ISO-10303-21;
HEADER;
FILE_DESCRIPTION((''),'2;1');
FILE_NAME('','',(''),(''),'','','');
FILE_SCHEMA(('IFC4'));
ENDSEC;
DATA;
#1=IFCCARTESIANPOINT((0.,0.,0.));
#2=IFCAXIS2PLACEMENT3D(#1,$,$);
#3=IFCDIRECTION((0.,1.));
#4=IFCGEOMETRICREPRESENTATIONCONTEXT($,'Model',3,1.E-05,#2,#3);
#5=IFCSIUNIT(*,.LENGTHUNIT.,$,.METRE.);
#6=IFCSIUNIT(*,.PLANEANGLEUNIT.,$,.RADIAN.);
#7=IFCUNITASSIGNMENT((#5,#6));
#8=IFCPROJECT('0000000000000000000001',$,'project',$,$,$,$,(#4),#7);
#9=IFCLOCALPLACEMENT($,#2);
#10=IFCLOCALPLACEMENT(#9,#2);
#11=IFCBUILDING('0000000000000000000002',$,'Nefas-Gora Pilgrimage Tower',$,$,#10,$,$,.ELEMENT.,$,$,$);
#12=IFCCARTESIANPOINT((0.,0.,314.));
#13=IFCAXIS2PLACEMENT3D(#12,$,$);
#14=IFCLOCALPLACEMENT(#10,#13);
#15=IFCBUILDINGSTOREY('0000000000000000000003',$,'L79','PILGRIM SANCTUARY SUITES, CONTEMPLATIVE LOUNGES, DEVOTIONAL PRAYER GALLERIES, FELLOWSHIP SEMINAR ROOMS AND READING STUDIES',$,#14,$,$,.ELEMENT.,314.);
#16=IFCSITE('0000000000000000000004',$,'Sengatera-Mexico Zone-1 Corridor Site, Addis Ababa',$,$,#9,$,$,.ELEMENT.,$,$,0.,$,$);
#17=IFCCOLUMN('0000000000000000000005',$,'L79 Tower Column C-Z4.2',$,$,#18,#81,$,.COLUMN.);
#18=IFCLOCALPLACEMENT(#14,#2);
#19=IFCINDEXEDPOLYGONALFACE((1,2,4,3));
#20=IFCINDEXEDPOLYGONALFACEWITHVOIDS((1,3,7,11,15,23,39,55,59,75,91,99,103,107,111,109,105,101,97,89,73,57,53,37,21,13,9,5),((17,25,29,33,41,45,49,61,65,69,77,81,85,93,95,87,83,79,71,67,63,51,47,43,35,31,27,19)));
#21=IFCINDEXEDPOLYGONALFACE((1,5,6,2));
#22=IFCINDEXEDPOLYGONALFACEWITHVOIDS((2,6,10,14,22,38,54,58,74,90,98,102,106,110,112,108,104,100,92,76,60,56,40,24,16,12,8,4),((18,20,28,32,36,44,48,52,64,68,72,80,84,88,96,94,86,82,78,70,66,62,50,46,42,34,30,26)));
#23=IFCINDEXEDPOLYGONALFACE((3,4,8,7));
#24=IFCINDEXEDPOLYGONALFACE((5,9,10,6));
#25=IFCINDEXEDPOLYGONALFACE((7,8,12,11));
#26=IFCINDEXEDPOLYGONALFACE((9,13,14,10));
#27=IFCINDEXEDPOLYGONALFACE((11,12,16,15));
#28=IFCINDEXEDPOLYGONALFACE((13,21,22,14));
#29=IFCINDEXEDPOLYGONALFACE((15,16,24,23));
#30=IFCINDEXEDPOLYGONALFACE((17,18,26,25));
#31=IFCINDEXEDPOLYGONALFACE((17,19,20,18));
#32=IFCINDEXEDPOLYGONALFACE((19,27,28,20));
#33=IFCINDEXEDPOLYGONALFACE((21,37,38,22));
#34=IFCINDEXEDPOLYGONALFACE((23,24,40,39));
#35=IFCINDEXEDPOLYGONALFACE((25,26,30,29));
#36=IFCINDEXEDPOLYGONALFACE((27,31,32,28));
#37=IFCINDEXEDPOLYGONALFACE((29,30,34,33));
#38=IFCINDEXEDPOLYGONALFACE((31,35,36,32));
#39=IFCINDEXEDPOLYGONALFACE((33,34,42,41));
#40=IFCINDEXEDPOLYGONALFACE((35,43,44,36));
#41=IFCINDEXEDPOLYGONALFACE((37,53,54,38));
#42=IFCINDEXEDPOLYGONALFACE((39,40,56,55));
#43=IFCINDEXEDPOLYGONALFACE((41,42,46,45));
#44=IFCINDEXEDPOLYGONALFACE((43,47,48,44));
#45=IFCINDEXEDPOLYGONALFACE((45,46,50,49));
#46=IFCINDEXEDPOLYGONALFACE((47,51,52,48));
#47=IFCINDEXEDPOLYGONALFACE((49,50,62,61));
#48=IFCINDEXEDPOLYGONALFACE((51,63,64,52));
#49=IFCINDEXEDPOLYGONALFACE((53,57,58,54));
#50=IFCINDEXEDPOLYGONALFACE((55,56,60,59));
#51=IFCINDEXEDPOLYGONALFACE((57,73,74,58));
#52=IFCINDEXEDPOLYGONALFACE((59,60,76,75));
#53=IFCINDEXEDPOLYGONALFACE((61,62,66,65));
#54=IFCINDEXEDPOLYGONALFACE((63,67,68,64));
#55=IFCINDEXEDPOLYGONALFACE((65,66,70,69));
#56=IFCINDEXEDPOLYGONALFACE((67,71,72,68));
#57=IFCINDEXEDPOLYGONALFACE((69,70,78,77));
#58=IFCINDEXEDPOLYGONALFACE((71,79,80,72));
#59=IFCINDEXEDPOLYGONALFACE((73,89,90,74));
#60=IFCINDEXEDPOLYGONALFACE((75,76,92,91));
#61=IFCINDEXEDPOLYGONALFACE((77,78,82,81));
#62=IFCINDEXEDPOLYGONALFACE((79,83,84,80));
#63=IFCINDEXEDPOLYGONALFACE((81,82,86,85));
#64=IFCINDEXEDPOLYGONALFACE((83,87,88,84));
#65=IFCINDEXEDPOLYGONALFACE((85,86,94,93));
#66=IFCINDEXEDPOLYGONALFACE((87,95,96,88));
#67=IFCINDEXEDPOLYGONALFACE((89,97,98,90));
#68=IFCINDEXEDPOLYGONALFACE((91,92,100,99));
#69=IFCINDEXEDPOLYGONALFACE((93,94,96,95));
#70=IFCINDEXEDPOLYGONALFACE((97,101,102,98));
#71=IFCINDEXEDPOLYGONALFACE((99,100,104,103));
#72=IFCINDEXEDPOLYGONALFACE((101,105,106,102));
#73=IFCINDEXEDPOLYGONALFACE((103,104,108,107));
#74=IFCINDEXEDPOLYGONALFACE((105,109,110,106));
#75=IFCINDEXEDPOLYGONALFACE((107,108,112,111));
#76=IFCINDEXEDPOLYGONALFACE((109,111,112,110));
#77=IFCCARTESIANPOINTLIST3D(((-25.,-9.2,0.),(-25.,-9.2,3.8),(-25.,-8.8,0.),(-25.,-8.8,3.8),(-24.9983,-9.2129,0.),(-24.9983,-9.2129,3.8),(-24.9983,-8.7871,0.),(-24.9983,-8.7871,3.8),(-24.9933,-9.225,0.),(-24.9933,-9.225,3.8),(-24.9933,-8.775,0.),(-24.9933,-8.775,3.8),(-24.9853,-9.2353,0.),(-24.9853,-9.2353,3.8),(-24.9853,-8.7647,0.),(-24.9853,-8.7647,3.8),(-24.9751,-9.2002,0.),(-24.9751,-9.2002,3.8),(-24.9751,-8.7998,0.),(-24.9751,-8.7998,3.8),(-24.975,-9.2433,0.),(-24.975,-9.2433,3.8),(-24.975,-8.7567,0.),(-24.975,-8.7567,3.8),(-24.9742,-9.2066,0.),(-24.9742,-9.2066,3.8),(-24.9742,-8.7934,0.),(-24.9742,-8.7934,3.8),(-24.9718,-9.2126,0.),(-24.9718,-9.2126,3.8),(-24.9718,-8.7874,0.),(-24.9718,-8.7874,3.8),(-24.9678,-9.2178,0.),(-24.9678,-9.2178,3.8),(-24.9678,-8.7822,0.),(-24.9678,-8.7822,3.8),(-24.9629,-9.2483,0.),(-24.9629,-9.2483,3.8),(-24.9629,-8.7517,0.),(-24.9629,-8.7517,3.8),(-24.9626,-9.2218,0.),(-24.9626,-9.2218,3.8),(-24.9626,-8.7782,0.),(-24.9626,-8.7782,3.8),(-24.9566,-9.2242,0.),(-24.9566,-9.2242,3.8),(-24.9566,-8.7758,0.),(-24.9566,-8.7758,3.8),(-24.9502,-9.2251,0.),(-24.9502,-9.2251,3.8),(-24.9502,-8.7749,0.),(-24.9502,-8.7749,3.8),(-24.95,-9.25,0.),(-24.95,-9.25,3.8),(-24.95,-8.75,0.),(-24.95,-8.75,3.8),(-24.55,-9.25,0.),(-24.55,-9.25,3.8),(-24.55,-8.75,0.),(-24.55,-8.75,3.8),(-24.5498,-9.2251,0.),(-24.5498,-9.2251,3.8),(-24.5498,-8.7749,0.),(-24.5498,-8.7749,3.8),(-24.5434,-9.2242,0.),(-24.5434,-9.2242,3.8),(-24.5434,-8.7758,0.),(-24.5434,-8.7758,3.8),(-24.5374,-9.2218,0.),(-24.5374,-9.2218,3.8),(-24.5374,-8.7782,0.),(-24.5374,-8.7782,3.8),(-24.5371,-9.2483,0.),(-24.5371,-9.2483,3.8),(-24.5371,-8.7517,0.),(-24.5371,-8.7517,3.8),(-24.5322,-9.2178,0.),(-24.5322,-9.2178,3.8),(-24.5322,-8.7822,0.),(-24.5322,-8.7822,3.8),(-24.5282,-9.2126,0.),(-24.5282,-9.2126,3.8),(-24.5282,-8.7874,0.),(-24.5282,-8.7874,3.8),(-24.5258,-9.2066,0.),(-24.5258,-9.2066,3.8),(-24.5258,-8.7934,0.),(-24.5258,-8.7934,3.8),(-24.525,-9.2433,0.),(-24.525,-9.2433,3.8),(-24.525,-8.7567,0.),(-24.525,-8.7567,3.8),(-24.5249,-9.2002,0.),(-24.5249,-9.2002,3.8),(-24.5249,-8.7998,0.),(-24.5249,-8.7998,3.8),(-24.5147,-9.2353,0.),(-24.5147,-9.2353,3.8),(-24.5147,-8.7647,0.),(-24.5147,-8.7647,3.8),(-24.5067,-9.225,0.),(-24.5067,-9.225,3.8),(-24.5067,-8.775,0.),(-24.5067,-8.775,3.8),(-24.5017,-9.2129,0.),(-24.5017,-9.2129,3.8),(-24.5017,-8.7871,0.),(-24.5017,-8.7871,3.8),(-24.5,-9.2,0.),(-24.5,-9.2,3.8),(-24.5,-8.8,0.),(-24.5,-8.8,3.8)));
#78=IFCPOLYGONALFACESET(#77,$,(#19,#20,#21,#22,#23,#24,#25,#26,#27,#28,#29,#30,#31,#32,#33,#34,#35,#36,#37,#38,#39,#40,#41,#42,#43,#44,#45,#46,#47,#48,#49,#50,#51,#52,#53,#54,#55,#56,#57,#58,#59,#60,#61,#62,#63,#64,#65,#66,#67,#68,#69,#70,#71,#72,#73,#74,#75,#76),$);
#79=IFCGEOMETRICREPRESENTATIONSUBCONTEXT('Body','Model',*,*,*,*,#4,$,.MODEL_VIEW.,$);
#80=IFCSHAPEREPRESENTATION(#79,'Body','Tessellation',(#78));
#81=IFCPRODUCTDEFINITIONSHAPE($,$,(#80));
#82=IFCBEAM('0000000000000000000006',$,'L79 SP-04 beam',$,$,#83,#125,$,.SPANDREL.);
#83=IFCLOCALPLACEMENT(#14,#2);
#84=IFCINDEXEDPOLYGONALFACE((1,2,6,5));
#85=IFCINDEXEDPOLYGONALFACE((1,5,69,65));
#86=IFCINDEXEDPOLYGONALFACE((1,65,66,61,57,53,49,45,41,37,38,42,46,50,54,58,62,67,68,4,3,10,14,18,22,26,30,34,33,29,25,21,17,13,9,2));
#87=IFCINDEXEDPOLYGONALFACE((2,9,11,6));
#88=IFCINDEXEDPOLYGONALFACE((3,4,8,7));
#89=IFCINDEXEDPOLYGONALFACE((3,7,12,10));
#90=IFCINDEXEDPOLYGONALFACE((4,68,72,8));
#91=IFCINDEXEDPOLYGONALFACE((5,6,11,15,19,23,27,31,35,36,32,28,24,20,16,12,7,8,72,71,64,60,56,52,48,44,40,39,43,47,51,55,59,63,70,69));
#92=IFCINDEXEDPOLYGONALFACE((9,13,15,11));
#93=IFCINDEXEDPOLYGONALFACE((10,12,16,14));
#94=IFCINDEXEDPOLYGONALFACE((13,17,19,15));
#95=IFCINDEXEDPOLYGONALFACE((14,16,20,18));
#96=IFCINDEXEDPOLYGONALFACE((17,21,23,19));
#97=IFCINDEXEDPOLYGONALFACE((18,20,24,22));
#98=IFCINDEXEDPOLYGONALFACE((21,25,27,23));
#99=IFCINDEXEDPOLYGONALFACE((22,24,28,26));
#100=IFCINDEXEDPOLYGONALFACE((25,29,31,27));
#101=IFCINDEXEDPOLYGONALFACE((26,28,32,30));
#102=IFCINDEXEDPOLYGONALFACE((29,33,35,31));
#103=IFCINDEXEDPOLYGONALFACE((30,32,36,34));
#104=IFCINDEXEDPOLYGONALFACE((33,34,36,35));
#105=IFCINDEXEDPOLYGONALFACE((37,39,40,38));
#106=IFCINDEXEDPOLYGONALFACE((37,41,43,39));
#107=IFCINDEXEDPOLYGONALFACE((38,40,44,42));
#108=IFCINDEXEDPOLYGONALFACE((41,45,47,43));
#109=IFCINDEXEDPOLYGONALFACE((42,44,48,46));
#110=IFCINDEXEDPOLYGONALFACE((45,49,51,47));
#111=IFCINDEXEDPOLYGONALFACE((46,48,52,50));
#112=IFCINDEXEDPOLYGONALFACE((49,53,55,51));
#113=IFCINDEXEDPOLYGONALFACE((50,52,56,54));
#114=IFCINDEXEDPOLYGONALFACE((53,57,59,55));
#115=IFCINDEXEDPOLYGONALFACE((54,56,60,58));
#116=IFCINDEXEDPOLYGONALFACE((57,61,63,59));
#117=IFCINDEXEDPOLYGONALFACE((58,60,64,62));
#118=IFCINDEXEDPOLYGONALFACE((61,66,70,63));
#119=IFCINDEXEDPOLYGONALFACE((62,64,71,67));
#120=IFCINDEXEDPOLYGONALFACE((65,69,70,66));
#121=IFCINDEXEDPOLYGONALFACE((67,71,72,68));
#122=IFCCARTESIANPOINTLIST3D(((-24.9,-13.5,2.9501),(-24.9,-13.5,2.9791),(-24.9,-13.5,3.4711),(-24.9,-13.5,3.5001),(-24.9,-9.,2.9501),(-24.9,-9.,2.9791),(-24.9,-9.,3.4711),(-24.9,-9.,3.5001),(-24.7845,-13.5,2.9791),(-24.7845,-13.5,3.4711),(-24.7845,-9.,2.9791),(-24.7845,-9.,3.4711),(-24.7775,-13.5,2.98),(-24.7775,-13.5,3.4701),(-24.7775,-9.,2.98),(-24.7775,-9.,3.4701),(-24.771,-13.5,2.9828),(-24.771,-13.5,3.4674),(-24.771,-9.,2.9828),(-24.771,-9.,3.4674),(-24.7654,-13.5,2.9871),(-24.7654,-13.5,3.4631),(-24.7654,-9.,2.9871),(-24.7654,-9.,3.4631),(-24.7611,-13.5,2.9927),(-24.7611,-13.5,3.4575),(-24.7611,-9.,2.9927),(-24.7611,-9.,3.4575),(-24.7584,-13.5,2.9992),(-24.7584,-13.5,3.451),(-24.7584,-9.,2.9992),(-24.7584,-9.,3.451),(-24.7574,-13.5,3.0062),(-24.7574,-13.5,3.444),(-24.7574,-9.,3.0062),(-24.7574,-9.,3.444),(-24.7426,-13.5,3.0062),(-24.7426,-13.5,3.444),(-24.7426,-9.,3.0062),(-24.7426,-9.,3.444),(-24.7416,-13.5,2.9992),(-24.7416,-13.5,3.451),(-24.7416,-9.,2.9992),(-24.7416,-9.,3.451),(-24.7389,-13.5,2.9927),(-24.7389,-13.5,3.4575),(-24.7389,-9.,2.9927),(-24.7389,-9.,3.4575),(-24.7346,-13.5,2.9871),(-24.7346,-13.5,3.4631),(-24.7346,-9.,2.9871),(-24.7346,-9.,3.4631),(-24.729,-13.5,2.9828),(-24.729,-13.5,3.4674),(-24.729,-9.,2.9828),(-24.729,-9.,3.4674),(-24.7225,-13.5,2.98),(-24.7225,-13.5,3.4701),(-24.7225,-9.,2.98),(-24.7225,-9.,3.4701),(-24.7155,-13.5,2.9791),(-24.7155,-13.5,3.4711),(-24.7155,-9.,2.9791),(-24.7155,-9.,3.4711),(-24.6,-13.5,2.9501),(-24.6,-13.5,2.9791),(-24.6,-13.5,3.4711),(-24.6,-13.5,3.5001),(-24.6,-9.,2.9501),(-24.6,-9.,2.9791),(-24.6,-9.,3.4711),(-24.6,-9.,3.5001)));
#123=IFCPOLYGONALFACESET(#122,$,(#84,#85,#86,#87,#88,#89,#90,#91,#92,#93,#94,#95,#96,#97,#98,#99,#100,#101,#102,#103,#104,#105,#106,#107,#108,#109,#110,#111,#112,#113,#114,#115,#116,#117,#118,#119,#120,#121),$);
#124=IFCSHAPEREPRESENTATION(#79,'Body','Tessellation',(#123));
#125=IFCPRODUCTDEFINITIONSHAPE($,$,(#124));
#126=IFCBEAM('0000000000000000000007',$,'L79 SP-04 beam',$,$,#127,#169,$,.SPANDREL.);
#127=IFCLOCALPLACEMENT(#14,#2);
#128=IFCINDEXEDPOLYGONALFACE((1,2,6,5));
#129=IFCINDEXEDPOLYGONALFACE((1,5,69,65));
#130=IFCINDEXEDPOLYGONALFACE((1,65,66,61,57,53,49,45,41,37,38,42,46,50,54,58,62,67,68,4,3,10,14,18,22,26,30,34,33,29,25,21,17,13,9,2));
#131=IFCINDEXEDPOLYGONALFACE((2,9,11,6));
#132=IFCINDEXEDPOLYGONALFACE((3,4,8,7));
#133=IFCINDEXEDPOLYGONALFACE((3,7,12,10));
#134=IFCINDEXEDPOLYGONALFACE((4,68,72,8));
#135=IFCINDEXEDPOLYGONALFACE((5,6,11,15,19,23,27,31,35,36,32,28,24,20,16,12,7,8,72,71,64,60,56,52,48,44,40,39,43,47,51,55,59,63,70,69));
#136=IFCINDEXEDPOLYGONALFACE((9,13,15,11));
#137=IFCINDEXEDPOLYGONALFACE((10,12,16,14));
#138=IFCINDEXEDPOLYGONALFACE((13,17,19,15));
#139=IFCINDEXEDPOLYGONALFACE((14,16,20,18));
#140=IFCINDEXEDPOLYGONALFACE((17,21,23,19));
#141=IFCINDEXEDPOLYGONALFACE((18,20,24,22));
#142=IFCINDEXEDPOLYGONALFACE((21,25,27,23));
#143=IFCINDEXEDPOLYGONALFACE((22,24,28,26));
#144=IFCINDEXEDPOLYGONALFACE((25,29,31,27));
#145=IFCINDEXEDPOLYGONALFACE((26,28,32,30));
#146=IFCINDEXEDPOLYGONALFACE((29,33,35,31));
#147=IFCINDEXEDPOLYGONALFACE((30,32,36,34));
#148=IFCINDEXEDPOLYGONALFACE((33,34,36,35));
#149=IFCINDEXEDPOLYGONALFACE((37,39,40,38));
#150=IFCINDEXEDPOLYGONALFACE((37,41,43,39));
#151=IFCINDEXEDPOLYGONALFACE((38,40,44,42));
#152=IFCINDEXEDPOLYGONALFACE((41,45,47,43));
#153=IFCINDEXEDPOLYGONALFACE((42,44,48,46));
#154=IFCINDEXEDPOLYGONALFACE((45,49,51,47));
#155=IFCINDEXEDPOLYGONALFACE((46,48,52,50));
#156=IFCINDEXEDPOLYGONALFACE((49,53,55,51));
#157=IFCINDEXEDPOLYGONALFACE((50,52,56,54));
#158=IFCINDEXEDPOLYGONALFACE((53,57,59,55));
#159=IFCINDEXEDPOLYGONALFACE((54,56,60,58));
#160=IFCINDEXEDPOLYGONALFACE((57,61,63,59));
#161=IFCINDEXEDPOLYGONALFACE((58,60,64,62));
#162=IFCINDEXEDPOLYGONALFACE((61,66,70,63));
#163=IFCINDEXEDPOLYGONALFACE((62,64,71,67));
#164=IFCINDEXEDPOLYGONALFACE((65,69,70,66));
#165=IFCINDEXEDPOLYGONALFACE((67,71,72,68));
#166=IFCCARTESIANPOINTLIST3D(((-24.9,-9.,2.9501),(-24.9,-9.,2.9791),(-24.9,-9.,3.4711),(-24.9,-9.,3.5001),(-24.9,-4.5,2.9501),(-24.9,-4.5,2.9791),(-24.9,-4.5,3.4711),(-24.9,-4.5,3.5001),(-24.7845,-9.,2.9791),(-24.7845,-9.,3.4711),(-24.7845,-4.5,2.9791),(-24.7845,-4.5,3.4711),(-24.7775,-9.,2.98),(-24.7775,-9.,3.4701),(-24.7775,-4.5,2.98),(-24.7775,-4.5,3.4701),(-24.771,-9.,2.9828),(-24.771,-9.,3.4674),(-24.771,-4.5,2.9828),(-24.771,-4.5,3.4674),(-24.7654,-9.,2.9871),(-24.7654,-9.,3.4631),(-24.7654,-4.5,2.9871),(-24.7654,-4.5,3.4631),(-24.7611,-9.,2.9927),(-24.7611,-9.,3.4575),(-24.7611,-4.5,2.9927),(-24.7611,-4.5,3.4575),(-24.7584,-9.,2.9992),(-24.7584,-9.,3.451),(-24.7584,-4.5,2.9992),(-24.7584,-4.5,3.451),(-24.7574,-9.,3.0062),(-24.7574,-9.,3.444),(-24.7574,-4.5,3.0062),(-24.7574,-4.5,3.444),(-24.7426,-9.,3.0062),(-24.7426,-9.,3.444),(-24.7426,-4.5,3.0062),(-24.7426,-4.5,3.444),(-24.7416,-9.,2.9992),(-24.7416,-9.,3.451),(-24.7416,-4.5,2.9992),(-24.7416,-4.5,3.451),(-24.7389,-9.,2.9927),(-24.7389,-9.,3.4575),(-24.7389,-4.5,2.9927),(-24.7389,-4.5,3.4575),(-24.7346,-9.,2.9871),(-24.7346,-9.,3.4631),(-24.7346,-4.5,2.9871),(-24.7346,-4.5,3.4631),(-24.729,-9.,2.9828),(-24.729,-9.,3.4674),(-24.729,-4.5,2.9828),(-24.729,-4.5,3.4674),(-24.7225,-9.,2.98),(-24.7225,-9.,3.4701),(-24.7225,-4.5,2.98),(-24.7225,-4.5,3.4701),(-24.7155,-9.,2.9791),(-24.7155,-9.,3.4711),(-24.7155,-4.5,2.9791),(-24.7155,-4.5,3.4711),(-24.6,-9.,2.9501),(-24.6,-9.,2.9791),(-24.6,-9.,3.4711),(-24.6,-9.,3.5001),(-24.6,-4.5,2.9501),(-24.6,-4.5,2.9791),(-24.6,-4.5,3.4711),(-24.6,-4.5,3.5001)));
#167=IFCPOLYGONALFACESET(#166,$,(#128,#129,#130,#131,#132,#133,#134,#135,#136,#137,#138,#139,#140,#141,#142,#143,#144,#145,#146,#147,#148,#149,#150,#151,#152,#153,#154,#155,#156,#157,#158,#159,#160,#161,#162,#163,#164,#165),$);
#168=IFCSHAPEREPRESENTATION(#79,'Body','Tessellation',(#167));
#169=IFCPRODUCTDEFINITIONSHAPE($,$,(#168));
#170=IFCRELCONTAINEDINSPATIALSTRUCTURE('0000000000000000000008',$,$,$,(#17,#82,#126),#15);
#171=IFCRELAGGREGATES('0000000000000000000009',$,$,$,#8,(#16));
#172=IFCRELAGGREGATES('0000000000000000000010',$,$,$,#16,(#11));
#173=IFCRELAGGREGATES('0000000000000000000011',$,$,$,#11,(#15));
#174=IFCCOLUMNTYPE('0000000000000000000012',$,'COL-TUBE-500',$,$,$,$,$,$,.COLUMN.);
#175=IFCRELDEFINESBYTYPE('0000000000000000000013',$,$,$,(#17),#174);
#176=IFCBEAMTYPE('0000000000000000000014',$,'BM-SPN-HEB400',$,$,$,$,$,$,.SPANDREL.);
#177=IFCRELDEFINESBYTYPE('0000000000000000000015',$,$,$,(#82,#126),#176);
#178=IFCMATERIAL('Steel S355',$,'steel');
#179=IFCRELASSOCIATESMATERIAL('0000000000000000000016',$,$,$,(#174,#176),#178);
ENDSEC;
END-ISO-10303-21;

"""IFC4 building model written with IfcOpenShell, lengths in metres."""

from ifc_helpers import new_model, si_unit, direction, frame, origin, origin_2d, place, context, subcontext, project, spatial, hollow_rectangle, i_section, extrude, source, transform, mapped, material, material_profile, profile_set, type_object, element, save


model = new_model("IFC4")

# Units and contexts
model_context = context("Model", 3, precision=1e-05, world=origin(), true_north=direction((0.0, 1.0)))
body_context = subcontext(model_context, "Body", "Model", "MODEL_VIEW")
ifc_project = project(units=[si_unit("LENGTHUNIT", "METRE"), si_unit("PLANEANGLEUNIT", "RADIAN")], contexts=[model_context])

# Site, building, storey
site_placement = place(None, origin())
site = spatial("IfcSite", under=ifc_project, at=site_placement, Name="Sengatera-Mexico Zone-1 Corridor Site, Addis Ababa", CompositionType="ELEMENT", RefElevation=0.0)
building_placement = place(site_placement, origin())
building = spatial("IfcBuilding", under=site, at=building_placement, Name="Nefas-Gora Pilgrimage Tower", CompositionType="ELEMENT")
storey_placement = place(building_placement, frame((0.0, 0.0, 314.0)))
storey = spatial("IfcBuildingStorey", under=building, at=storey_placement, Name="L79", Description="PILGRIM SANCTUARY SUITES, CONTEMPLATIVE LOUNGES, DEVOTIONAL PRAYER GALLERIES, FELLOWSHIP SEMINAR ROOMS AND READING STUDIES", CompositionType="ELEMENT", Elevation=314.0)

# Column
ifc_material_1 = material(Name="Steel S355", Category="steel")
ifc_material_profile_1 = material_profile(ifc_material_1, hollow_rectangle(XDim=0.5, YDim=0.5, WallThickness=0.0249, InnerFilletRadius=0.0249, OuterFilletRadius=0.05, at=origin_2d()), Name="SHS 500x500x25")
ifc_profile_set_1 = profile_set([ifc_material_profile_1], Name="Steel S355")
column_type_1 = type_object("IfcColumnType", Name="COL-TUBE-500", PredefinedType="COLUMN", material=ifc_profile_set_1)
shared_shape_1 = source(origin(), body_context, "Body", "SweptSolid", [
    extrude(hollow_rectangle(XDim=0.5, YDim=0.5, WallThickness=0.0249, InnerFilletRadius=0.0249, OuterFilletRadius=0.05, at=origin_2d()), origin(), (0.0, 0.0, 1.0), 3.8),
])
for number, where, z_axis, x_axis, name in (
    (1, (-24.75, -9.0, 0.0), (0.0, 0.0, 1.0), (1.0, 0.0, 0.0), "L79 Tower Column C-Z4.2"),
):
    element("IfcColumn", number, at=place(storey_placement, frame(where, z_axis=z_axis, x_axis=x_axis)), inside=storey, type_object=column_type_1, Name=name, PredefinedType="COLUMN", context=body_context, shape_type="MappedRepresentation", body=[
        mapped(shared_shape_1, transform((0.0, 0.0, 0.0), x_axis=(1.0, 0.0, 0.0), y_axis=(0.0, 1.0, 0.0), z_axis=(0.0, 0.0, 1.0), scale=1.0)),
    ])

# Beams
ifc_material_profile_2 = material_profile(ifc_material_1, i_section(OverallWidth=0.3, OverallDepth=0.55, WebThickness=0.0149, FlangeThickness=0.0291, FilletRadius=0.0271, at=origin_2d()), Name="HEB 550")
ifc_profile_set_2 = profile_set([ifc_material_profile_2], Name="Steel S355")
beam_type_1 = type_object("IfcBeamType", Name="BM-SPN-HEB400", PredefinedType="SPANDREL", material=ifc_profile_set_2)
shared_shape_2 = source(origin(), body_context, "Body", "SweptSolid", [
    extrude(i_section(OverallWidth=0.3, OverallDepth=0.55, WebThickness=0.0149, FlangeThickness=0.0291, FilletRadius=0.0271, at=origin_2d()), origin(), (0.0, 0.0, 1.0), 4.5),
])
for number, where, z_axis, x_axis, name in (
    (2, (-24.75, -13.5, 3.2251), (0.0, 1.0, 0.0), (-1.0, 0.0, 0.0), "L79 SP-04 beam"),
    (3, (-24.75, -9.0, 3.2251), (0.0, 1.0, 0.0), (-1.0, 0.0, 0.0), "L79 SP-04 beam"),
):
    element("IfcBeam", number, at=place(storey_placement, frame(where, z_axis=z_axis, x_axis=x_axis)), inside=storey, type_object=beam_type_1, Name=name, PredefinedType="SPANDREL", context=body_context, shape_type="MappedRepresentation", body=[
        mapped(shared_shape_2, transform((0.0, 0.0, 0.0), x_axis=(1.0, 0.0, 0.0), y_axis=(0.0, 1.0, 0.0), z_axis=(0.0, 0.0, 1.0), scale=1.0)),
    ])

save(model, "model.ifc")
